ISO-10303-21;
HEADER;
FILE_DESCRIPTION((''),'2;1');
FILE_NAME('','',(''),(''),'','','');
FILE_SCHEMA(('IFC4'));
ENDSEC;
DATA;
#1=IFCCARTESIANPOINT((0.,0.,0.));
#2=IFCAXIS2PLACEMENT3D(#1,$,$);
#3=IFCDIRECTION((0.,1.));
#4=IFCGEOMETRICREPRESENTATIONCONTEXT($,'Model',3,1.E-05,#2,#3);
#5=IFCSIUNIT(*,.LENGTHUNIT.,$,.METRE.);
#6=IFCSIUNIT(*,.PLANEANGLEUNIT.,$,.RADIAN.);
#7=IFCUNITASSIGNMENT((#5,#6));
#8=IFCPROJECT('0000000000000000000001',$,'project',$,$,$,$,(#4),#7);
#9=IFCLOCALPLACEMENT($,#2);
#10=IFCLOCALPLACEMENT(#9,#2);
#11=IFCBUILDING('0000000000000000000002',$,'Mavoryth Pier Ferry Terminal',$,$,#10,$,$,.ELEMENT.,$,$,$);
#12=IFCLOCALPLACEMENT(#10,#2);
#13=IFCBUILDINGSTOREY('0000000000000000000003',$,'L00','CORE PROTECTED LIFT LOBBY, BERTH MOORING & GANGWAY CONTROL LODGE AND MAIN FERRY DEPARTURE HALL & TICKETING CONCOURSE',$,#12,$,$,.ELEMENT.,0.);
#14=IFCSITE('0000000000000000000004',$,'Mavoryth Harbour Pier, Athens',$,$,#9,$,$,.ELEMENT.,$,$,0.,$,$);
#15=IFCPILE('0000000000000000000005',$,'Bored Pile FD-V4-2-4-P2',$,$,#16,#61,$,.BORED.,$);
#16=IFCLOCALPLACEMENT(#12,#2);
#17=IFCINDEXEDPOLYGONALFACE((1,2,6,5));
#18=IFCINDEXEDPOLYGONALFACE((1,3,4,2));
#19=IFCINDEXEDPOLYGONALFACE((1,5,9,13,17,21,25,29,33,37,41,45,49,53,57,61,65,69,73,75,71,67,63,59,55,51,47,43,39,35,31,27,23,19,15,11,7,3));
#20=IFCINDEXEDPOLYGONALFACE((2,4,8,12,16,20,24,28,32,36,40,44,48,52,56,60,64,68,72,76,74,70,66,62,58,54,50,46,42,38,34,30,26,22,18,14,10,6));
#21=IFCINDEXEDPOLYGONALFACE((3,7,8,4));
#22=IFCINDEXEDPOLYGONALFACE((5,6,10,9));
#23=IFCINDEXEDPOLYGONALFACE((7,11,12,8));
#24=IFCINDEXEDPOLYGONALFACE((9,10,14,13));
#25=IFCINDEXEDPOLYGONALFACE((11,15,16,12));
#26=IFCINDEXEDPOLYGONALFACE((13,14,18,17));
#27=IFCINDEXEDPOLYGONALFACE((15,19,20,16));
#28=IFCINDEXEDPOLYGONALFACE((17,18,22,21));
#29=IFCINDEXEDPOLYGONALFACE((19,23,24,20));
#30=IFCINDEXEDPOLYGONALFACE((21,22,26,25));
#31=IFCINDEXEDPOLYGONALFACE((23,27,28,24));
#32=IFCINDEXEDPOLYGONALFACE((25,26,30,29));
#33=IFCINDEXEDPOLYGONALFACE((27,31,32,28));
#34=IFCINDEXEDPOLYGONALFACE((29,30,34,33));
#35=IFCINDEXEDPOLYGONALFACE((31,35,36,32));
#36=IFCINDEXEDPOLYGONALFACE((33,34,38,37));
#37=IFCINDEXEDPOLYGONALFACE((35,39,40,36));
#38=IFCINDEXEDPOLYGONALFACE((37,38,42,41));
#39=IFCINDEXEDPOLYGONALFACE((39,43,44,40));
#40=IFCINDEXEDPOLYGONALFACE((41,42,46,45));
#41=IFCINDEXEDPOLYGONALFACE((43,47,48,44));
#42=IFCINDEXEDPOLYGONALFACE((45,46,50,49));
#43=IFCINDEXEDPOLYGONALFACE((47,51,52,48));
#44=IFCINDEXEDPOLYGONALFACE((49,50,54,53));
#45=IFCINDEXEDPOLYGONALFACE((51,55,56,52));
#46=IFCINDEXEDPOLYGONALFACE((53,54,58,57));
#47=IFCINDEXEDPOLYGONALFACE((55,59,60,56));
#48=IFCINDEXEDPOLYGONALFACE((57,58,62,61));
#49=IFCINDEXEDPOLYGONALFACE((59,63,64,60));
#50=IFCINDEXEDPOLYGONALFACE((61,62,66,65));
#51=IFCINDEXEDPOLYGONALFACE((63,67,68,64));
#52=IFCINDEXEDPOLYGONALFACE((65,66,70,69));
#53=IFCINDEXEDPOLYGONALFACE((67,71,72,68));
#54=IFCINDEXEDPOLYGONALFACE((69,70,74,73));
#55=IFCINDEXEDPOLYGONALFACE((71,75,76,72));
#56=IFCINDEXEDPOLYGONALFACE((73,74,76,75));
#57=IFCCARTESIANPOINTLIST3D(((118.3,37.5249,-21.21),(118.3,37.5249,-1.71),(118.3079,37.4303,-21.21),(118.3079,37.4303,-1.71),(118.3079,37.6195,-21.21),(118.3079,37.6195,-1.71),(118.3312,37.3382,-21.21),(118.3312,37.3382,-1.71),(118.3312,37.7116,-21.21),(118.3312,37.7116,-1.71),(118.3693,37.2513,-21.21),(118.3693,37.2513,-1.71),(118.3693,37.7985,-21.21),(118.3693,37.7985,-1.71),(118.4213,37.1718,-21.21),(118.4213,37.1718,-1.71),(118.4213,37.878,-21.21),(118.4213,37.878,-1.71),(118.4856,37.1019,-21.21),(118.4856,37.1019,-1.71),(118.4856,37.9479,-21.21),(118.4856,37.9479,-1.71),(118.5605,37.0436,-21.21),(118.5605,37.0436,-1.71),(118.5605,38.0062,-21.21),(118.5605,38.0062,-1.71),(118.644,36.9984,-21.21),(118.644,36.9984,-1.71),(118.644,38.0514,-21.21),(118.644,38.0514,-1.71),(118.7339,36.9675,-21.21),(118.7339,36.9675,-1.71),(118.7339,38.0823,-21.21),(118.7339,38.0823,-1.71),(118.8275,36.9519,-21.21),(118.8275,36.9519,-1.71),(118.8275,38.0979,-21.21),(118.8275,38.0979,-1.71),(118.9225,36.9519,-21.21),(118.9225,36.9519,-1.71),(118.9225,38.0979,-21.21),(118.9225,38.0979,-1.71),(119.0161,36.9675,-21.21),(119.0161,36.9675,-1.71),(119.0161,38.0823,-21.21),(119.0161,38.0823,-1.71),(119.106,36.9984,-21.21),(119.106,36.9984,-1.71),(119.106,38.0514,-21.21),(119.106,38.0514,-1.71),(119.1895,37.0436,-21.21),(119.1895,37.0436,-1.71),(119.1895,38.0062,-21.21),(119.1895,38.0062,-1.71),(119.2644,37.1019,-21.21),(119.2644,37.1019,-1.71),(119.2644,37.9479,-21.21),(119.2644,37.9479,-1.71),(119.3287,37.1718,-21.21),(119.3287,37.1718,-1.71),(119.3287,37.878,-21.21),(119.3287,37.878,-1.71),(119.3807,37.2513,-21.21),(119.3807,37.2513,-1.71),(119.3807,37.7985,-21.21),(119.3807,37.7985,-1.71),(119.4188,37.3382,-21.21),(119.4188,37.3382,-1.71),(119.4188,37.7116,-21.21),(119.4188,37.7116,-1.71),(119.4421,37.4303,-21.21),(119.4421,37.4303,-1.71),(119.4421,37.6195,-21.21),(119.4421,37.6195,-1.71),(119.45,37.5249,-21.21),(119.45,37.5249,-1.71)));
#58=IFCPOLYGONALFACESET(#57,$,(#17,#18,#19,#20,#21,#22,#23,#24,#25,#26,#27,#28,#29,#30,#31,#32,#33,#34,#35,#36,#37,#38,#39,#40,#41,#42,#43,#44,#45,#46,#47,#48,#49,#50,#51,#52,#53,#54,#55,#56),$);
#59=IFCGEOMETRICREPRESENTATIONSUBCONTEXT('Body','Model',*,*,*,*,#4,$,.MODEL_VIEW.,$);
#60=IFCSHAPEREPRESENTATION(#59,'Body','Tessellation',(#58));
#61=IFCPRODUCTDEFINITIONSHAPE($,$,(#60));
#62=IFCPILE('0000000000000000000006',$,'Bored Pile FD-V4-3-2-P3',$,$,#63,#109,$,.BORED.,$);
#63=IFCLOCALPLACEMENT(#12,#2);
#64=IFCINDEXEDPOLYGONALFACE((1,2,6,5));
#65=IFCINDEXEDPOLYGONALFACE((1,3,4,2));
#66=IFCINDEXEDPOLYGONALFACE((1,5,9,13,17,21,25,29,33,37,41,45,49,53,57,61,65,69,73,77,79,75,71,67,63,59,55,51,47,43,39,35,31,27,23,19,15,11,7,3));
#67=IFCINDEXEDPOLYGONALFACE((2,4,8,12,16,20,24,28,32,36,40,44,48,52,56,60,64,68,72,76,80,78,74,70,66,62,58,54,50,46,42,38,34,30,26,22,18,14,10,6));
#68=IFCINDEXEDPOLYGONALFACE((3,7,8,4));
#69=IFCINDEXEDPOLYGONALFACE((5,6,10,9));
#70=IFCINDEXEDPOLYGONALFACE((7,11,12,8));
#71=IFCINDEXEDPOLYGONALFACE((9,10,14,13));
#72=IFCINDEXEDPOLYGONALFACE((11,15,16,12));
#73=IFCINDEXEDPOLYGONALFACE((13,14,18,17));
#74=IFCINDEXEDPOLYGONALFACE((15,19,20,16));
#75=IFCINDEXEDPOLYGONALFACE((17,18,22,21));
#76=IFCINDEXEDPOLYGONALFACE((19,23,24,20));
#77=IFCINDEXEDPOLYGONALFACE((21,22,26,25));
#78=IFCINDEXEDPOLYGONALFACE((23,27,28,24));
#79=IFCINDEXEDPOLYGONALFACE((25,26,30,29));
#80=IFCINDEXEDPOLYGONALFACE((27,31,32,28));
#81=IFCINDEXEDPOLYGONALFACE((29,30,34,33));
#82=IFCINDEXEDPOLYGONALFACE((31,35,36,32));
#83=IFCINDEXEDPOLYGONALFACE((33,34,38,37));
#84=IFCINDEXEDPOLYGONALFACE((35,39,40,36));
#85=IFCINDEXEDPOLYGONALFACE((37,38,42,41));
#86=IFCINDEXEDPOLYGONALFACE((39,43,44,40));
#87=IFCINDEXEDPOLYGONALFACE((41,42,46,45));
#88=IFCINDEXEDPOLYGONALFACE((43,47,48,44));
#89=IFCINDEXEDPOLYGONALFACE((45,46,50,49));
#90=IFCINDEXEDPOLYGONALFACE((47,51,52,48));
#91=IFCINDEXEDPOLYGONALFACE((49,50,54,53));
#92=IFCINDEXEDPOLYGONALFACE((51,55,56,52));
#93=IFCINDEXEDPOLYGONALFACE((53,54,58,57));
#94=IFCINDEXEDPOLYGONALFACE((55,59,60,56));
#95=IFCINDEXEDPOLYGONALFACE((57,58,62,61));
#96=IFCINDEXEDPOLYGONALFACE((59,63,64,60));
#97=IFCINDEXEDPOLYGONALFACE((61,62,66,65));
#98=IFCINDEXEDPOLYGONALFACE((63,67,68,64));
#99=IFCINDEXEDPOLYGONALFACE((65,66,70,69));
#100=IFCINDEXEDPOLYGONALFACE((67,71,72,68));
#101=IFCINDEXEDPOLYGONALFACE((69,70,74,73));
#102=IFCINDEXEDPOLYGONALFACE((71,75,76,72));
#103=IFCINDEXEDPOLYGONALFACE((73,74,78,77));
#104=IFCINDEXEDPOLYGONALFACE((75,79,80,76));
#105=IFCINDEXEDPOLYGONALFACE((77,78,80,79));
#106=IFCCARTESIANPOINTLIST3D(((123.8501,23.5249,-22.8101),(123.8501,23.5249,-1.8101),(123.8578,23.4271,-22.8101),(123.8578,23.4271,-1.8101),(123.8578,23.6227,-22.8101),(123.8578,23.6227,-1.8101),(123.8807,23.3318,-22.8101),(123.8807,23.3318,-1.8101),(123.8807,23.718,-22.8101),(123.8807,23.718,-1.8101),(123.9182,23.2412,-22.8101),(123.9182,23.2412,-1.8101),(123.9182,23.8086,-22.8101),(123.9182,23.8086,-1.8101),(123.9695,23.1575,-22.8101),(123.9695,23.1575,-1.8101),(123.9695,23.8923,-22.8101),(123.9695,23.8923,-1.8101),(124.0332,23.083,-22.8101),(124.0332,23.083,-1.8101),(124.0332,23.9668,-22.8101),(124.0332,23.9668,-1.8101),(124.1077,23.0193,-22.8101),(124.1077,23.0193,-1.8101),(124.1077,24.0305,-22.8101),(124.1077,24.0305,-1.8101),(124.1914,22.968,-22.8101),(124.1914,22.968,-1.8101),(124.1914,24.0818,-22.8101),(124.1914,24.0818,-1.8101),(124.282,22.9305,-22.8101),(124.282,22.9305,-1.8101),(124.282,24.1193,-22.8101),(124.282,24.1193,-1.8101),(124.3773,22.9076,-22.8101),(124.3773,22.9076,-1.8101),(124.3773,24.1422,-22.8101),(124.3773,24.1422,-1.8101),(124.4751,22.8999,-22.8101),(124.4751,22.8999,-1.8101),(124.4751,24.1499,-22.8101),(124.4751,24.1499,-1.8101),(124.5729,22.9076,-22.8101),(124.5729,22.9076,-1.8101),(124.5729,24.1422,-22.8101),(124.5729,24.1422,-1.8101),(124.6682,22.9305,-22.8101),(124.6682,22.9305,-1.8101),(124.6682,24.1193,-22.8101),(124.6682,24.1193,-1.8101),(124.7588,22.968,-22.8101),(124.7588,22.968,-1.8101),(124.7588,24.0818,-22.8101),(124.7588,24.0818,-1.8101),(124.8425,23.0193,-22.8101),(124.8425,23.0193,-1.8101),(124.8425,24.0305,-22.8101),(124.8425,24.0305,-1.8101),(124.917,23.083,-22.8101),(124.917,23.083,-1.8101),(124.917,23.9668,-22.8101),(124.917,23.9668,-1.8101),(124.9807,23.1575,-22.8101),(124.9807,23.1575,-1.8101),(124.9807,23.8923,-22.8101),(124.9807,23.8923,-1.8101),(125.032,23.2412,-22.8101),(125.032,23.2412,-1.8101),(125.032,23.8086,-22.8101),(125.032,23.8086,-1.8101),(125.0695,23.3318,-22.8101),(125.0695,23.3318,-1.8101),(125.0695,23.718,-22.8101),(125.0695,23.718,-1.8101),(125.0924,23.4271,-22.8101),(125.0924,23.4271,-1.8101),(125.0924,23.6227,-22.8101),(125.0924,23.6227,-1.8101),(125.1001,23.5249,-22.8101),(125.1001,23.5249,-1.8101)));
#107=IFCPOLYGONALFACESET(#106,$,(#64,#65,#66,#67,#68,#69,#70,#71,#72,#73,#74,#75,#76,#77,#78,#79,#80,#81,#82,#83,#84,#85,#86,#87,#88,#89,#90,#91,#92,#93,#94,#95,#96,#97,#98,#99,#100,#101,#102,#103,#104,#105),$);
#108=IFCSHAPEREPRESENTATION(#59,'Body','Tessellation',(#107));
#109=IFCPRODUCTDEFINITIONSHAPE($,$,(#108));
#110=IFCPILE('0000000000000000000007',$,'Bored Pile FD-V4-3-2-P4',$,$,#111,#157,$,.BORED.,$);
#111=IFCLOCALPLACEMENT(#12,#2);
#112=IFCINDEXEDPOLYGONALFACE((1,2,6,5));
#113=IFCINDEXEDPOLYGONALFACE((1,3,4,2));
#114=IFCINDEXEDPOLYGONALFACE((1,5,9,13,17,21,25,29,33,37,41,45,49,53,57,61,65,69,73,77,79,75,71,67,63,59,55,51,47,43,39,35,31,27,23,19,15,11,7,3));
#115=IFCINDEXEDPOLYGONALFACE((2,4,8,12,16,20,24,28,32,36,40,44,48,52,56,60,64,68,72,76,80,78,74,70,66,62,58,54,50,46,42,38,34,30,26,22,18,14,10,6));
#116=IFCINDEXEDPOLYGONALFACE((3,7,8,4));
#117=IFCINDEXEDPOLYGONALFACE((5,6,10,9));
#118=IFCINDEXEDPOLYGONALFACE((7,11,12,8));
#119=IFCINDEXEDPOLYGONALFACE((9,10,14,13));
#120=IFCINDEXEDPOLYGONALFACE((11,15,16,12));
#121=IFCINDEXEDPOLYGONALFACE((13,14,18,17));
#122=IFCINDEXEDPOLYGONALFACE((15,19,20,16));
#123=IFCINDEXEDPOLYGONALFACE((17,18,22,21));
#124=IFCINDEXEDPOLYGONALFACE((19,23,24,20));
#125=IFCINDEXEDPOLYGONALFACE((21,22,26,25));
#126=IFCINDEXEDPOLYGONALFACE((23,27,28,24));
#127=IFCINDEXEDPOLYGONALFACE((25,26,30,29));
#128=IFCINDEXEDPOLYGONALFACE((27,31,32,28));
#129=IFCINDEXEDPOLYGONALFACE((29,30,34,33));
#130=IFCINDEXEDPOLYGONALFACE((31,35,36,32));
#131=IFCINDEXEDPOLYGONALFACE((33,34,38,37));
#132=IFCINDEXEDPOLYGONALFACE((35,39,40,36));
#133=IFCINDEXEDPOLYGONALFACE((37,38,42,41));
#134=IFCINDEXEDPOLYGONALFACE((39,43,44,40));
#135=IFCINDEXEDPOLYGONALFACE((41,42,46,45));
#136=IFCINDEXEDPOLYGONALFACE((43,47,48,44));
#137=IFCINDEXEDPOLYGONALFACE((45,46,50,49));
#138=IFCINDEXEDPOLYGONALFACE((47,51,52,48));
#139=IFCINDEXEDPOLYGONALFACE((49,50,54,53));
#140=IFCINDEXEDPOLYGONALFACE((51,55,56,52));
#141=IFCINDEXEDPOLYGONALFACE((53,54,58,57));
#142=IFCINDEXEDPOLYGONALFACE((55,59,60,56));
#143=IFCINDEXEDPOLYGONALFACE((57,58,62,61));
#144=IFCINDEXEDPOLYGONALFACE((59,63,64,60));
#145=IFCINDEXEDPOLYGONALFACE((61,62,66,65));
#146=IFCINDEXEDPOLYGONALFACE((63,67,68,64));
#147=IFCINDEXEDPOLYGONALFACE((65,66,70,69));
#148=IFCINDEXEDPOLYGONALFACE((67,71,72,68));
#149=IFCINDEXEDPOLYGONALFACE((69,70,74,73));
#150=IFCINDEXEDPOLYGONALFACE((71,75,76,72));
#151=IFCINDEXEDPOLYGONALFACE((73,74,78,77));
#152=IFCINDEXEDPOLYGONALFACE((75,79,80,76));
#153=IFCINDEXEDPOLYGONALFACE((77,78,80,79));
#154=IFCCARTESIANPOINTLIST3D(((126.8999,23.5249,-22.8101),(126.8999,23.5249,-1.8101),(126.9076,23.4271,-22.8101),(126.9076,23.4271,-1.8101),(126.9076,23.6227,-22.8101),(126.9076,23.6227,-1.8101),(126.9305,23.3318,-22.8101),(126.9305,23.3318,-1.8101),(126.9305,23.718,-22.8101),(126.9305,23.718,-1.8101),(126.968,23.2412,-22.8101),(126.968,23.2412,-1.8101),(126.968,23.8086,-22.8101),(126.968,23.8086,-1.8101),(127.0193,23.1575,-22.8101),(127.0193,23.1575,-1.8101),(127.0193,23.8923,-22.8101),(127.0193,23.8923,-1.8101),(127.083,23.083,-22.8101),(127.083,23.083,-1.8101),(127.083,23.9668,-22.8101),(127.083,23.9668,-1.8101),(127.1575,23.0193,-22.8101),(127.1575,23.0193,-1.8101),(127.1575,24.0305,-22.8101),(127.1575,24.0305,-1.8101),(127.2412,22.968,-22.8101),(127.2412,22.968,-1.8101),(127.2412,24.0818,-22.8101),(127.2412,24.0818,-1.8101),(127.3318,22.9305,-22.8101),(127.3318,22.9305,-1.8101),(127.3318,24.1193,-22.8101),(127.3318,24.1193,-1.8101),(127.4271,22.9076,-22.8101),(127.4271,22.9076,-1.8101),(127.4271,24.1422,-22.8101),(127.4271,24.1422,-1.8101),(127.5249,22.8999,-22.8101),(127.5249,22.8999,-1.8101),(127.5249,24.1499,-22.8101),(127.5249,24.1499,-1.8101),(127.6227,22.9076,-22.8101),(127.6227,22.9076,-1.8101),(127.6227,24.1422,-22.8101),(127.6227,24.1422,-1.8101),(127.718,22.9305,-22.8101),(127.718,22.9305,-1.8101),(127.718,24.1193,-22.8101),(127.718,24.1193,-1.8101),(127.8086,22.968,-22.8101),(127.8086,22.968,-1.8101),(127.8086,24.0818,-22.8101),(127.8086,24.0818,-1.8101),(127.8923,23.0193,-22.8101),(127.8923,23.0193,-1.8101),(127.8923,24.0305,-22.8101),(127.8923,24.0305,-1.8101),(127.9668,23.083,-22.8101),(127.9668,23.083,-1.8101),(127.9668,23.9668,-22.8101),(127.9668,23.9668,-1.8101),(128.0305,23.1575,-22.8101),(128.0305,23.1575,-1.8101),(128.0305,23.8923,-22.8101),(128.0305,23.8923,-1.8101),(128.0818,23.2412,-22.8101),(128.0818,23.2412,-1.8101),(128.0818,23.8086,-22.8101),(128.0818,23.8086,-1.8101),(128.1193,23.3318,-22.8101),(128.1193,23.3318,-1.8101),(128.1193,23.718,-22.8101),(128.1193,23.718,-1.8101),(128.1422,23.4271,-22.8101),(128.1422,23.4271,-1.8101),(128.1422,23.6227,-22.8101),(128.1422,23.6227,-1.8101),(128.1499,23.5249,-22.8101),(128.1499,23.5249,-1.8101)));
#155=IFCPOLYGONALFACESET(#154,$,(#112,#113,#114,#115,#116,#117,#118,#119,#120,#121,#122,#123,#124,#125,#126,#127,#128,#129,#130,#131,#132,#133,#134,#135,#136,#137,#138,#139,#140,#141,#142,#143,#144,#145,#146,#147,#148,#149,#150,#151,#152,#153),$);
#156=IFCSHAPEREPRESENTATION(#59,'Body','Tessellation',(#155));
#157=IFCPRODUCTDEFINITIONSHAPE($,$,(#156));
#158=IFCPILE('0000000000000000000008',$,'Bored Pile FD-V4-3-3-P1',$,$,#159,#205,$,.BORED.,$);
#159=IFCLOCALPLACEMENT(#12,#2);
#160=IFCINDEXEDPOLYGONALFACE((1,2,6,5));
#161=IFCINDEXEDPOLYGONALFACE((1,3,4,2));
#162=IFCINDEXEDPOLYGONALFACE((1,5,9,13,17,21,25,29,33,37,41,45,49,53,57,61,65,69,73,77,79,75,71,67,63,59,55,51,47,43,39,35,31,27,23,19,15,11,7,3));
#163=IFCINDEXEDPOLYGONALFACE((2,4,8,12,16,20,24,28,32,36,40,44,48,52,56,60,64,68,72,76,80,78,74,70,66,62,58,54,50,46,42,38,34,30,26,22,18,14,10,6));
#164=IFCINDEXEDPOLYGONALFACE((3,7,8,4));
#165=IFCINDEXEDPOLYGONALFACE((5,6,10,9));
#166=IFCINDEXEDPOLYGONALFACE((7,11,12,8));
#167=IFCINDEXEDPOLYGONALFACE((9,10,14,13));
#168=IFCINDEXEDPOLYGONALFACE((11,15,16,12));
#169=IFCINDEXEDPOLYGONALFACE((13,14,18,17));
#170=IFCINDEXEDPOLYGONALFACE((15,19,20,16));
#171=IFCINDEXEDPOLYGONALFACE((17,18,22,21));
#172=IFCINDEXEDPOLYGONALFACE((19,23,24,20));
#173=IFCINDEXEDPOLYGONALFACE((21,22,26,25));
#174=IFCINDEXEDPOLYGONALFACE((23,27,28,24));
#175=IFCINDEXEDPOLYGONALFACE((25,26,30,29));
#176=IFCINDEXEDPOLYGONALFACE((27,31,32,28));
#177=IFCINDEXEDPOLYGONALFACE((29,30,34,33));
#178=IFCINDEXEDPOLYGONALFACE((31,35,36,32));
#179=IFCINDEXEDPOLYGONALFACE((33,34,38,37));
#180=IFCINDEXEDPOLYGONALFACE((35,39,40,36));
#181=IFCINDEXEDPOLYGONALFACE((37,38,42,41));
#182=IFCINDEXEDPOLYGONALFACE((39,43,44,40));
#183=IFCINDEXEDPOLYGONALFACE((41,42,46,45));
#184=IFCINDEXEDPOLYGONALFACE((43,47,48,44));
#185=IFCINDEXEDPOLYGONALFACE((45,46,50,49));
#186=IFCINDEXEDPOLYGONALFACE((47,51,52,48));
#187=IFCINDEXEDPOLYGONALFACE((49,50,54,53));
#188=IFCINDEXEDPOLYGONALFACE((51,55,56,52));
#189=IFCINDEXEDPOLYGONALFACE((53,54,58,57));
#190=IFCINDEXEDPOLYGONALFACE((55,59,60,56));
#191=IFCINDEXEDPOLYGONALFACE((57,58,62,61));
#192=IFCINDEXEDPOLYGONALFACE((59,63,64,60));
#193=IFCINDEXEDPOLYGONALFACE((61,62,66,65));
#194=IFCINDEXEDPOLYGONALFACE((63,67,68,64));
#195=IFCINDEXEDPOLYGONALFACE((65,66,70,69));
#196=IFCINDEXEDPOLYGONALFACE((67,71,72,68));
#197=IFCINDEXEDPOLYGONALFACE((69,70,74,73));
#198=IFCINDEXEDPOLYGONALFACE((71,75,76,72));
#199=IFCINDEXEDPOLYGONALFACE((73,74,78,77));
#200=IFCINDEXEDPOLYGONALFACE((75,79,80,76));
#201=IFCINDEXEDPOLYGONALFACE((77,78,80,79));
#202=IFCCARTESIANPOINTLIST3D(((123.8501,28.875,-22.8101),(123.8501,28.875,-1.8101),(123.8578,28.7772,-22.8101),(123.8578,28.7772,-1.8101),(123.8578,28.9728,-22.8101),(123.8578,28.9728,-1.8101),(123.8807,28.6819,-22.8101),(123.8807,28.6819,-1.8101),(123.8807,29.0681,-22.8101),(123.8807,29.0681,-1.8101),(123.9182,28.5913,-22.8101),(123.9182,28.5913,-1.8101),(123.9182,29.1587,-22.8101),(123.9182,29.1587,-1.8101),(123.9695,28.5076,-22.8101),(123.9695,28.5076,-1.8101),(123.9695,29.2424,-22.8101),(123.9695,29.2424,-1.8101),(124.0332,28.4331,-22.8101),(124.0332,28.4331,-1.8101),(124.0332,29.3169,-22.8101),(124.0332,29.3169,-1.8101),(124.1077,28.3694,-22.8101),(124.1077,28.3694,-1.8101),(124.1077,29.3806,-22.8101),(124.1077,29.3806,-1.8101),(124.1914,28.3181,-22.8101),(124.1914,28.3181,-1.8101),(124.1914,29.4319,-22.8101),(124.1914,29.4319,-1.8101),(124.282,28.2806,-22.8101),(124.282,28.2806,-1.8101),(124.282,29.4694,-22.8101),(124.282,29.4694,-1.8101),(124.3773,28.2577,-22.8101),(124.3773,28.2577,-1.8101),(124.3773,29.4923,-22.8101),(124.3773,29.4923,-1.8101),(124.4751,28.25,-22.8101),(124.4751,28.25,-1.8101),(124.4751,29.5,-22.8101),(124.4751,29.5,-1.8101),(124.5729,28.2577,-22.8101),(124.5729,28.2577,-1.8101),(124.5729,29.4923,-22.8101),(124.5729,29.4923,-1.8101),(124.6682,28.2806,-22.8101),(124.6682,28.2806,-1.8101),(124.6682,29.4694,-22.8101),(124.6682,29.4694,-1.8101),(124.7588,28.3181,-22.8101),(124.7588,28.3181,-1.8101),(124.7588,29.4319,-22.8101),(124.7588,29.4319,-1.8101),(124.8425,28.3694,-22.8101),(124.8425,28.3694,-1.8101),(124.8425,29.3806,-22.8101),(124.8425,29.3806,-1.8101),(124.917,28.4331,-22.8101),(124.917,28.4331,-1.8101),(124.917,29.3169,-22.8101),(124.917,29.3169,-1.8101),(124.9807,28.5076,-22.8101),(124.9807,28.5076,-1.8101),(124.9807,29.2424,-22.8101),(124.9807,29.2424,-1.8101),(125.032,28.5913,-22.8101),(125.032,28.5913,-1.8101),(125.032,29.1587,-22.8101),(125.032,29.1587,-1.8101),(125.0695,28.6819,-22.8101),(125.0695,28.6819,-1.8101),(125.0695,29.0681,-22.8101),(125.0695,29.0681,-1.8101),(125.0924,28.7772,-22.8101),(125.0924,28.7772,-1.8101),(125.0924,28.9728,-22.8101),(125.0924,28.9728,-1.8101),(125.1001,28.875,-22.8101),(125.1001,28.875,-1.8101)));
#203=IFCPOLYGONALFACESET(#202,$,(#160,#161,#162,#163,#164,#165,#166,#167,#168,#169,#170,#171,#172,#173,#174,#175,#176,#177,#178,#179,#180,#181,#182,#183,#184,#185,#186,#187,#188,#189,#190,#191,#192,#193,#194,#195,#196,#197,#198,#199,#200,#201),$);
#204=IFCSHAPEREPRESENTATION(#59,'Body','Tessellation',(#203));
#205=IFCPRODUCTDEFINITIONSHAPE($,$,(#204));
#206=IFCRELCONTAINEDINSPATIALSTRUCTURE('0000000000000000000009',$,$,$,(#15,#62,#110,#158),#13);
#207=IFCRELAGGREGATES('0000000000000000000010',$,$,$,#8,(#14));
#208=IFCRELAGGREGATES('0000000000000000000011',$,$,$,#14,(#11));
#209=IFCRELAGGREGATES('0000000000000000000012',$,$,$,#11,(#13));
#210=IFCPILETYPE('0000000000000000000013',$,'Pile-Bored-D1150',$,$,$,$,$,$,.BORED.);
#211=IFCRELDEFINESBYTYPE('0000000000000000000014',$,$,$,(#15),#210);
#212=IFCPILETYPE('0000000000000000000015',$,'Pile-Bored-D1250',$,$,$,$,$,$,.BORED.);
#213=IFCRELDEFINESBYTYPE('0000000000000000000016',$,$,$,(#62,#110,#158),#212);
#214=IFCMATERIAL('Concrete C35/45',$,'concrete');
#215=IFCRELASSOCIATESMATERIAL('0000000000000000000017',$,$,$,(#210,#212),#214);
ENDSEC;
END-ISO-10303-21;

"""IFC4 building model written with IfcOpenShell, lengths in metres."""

from ifc_helpers import new_model, si_unit, direction, frame, origin, origin_2d, place, context, subcontext, project, spatial, circle, extrude, material, material_profile, profile_set, type_object, element, save


model = new_model("IFC4")

# Units and contexts
model_context = context("Model", 3, precision=1e-05, world=origin(), true_north=direction((0.0, 1.0)))
body_context = subcontext(model_context, "Body", "Model", "MODEL_VIEW")
ifc_project = project(units=[si_unit("LENGTHUNIT", "METRE"), si_unit("PLANEANGLEUNIT", "RADIAN")], contexts=[model_context])

# Site, building, storey
site_placement = place(None, origin())
site = spatial("IfcSite", under=ifc_project, at=site_placement, Name="Mavoryth Harbour Pier, Athens", CompositionType="ELEMENT", RefElevation=0.0)
building_placement = place(site_placement, origin())
building = spatial("IfcBuilding", under=site, at=building_placement, Name="Mavoryth Pier Ferry Terminal", CompositionType="ELEMENT")
storey_placement = place(building_placement, origin())
storey = spatial("IfcBuildingStorey", under=building, at=storey_placement, Name="L00", Description="CORE PROTECTED LIFT LOBBY, BERTH MOORING & GANGWAY CONTROL LODGE AND MAIN FERRY DEPARTURE HALL & TICKETING CONCOURSE", CompositionType="ELEMENT", Elevation=0.0)

# Shared definitions
ifc_material_1 = material(Name="Concrete C35/45", Category="concrete")

# Piles
ifc_material_profile_1 = material_profile(ifc_material_1, circle(Radius=0.575, at=origin_2d()), Name="PILE D1150", Category="concrete")
ifc_profile_set_1 = profile_set([ifc_material_profile_1], Name="Concrete C35/45 - PILE D1150")
pile_type_1 = type_object("IfcPileType", Name="Pile-Bored-D1150", PredefinedType="BORED", material=ifc_profile_set_1)
for number, where, z_axis, x_axis, name in (
    (1, (118.875, 37.5249, -1.71), (0.0, 0.0, -1.0), (1.0, 0.0, 0.0), "Bored Pile FD-V4-2-4-P2"),
):
    element("IfcPile", number, at=place(storey_placement, frame(where, z_axis=z_axis, x_axis=x_axis)), inside=storey, type_object=pile_type_1, Name=name, PredefinedType="BORED", context=body_context, shape_type="SweptSolid", body=[
        extrude(circle(Radius=0.575, at=origin_2d()), origin(), (0.0, 0.0, 1.0), 19.5),
    ])
ifc_material_profile_2 = material_profile(ifc_material_1, circle(Radius=0.625, at=origin_2d()), Name="PILE D1250", Category="concrete")
ifc_profile_set_2 = profile_set([ifc_material_profile_2], Name="Concrete C35/45 - PILE D1250")
pile_type_2 = type_object("IfcPileType", Name="Pile-Bored-D1250", PredefinedType="BORED", material=ifc_profile_set_2)
for number, where, z_axis, x_axis, name in (
    (2, (124.4751, 23.5249, -1.8101), (0.0, 0.0, -1.0), (1.0, 0.0, 0.0), "Bored Pile FD-V4-3-2-P3"),
    (3, (127.5249, 23.5249, -1.8101), (0.0, 0.0, -1.0), (1.0, 0.0, 0.0), "Bored Pile FD-V4-3-2-P4"),
    (4, (124.4751, 28.875, -1.8101), (0.0, 0.0, -1.0), (1.0, 0.0, 0.0), "Bored Pile FD-V4-3-3-P1"),
):
    element("IfcPile", number, at=place(storey_placement, frame(where, z_axis=z_axis, x_axis=x_axis)), inside=storey, type_object=pile_type_2, Name=name, PredefinedType="BORED", context=body_context, shape_type="SweptSolid", body=[
        extrude(circle(Radius=0.625, at=origin_2d()), origin(), (0.0, 0.0, 1.0), 21.0),
    ])

save(model, "model.ifc")
